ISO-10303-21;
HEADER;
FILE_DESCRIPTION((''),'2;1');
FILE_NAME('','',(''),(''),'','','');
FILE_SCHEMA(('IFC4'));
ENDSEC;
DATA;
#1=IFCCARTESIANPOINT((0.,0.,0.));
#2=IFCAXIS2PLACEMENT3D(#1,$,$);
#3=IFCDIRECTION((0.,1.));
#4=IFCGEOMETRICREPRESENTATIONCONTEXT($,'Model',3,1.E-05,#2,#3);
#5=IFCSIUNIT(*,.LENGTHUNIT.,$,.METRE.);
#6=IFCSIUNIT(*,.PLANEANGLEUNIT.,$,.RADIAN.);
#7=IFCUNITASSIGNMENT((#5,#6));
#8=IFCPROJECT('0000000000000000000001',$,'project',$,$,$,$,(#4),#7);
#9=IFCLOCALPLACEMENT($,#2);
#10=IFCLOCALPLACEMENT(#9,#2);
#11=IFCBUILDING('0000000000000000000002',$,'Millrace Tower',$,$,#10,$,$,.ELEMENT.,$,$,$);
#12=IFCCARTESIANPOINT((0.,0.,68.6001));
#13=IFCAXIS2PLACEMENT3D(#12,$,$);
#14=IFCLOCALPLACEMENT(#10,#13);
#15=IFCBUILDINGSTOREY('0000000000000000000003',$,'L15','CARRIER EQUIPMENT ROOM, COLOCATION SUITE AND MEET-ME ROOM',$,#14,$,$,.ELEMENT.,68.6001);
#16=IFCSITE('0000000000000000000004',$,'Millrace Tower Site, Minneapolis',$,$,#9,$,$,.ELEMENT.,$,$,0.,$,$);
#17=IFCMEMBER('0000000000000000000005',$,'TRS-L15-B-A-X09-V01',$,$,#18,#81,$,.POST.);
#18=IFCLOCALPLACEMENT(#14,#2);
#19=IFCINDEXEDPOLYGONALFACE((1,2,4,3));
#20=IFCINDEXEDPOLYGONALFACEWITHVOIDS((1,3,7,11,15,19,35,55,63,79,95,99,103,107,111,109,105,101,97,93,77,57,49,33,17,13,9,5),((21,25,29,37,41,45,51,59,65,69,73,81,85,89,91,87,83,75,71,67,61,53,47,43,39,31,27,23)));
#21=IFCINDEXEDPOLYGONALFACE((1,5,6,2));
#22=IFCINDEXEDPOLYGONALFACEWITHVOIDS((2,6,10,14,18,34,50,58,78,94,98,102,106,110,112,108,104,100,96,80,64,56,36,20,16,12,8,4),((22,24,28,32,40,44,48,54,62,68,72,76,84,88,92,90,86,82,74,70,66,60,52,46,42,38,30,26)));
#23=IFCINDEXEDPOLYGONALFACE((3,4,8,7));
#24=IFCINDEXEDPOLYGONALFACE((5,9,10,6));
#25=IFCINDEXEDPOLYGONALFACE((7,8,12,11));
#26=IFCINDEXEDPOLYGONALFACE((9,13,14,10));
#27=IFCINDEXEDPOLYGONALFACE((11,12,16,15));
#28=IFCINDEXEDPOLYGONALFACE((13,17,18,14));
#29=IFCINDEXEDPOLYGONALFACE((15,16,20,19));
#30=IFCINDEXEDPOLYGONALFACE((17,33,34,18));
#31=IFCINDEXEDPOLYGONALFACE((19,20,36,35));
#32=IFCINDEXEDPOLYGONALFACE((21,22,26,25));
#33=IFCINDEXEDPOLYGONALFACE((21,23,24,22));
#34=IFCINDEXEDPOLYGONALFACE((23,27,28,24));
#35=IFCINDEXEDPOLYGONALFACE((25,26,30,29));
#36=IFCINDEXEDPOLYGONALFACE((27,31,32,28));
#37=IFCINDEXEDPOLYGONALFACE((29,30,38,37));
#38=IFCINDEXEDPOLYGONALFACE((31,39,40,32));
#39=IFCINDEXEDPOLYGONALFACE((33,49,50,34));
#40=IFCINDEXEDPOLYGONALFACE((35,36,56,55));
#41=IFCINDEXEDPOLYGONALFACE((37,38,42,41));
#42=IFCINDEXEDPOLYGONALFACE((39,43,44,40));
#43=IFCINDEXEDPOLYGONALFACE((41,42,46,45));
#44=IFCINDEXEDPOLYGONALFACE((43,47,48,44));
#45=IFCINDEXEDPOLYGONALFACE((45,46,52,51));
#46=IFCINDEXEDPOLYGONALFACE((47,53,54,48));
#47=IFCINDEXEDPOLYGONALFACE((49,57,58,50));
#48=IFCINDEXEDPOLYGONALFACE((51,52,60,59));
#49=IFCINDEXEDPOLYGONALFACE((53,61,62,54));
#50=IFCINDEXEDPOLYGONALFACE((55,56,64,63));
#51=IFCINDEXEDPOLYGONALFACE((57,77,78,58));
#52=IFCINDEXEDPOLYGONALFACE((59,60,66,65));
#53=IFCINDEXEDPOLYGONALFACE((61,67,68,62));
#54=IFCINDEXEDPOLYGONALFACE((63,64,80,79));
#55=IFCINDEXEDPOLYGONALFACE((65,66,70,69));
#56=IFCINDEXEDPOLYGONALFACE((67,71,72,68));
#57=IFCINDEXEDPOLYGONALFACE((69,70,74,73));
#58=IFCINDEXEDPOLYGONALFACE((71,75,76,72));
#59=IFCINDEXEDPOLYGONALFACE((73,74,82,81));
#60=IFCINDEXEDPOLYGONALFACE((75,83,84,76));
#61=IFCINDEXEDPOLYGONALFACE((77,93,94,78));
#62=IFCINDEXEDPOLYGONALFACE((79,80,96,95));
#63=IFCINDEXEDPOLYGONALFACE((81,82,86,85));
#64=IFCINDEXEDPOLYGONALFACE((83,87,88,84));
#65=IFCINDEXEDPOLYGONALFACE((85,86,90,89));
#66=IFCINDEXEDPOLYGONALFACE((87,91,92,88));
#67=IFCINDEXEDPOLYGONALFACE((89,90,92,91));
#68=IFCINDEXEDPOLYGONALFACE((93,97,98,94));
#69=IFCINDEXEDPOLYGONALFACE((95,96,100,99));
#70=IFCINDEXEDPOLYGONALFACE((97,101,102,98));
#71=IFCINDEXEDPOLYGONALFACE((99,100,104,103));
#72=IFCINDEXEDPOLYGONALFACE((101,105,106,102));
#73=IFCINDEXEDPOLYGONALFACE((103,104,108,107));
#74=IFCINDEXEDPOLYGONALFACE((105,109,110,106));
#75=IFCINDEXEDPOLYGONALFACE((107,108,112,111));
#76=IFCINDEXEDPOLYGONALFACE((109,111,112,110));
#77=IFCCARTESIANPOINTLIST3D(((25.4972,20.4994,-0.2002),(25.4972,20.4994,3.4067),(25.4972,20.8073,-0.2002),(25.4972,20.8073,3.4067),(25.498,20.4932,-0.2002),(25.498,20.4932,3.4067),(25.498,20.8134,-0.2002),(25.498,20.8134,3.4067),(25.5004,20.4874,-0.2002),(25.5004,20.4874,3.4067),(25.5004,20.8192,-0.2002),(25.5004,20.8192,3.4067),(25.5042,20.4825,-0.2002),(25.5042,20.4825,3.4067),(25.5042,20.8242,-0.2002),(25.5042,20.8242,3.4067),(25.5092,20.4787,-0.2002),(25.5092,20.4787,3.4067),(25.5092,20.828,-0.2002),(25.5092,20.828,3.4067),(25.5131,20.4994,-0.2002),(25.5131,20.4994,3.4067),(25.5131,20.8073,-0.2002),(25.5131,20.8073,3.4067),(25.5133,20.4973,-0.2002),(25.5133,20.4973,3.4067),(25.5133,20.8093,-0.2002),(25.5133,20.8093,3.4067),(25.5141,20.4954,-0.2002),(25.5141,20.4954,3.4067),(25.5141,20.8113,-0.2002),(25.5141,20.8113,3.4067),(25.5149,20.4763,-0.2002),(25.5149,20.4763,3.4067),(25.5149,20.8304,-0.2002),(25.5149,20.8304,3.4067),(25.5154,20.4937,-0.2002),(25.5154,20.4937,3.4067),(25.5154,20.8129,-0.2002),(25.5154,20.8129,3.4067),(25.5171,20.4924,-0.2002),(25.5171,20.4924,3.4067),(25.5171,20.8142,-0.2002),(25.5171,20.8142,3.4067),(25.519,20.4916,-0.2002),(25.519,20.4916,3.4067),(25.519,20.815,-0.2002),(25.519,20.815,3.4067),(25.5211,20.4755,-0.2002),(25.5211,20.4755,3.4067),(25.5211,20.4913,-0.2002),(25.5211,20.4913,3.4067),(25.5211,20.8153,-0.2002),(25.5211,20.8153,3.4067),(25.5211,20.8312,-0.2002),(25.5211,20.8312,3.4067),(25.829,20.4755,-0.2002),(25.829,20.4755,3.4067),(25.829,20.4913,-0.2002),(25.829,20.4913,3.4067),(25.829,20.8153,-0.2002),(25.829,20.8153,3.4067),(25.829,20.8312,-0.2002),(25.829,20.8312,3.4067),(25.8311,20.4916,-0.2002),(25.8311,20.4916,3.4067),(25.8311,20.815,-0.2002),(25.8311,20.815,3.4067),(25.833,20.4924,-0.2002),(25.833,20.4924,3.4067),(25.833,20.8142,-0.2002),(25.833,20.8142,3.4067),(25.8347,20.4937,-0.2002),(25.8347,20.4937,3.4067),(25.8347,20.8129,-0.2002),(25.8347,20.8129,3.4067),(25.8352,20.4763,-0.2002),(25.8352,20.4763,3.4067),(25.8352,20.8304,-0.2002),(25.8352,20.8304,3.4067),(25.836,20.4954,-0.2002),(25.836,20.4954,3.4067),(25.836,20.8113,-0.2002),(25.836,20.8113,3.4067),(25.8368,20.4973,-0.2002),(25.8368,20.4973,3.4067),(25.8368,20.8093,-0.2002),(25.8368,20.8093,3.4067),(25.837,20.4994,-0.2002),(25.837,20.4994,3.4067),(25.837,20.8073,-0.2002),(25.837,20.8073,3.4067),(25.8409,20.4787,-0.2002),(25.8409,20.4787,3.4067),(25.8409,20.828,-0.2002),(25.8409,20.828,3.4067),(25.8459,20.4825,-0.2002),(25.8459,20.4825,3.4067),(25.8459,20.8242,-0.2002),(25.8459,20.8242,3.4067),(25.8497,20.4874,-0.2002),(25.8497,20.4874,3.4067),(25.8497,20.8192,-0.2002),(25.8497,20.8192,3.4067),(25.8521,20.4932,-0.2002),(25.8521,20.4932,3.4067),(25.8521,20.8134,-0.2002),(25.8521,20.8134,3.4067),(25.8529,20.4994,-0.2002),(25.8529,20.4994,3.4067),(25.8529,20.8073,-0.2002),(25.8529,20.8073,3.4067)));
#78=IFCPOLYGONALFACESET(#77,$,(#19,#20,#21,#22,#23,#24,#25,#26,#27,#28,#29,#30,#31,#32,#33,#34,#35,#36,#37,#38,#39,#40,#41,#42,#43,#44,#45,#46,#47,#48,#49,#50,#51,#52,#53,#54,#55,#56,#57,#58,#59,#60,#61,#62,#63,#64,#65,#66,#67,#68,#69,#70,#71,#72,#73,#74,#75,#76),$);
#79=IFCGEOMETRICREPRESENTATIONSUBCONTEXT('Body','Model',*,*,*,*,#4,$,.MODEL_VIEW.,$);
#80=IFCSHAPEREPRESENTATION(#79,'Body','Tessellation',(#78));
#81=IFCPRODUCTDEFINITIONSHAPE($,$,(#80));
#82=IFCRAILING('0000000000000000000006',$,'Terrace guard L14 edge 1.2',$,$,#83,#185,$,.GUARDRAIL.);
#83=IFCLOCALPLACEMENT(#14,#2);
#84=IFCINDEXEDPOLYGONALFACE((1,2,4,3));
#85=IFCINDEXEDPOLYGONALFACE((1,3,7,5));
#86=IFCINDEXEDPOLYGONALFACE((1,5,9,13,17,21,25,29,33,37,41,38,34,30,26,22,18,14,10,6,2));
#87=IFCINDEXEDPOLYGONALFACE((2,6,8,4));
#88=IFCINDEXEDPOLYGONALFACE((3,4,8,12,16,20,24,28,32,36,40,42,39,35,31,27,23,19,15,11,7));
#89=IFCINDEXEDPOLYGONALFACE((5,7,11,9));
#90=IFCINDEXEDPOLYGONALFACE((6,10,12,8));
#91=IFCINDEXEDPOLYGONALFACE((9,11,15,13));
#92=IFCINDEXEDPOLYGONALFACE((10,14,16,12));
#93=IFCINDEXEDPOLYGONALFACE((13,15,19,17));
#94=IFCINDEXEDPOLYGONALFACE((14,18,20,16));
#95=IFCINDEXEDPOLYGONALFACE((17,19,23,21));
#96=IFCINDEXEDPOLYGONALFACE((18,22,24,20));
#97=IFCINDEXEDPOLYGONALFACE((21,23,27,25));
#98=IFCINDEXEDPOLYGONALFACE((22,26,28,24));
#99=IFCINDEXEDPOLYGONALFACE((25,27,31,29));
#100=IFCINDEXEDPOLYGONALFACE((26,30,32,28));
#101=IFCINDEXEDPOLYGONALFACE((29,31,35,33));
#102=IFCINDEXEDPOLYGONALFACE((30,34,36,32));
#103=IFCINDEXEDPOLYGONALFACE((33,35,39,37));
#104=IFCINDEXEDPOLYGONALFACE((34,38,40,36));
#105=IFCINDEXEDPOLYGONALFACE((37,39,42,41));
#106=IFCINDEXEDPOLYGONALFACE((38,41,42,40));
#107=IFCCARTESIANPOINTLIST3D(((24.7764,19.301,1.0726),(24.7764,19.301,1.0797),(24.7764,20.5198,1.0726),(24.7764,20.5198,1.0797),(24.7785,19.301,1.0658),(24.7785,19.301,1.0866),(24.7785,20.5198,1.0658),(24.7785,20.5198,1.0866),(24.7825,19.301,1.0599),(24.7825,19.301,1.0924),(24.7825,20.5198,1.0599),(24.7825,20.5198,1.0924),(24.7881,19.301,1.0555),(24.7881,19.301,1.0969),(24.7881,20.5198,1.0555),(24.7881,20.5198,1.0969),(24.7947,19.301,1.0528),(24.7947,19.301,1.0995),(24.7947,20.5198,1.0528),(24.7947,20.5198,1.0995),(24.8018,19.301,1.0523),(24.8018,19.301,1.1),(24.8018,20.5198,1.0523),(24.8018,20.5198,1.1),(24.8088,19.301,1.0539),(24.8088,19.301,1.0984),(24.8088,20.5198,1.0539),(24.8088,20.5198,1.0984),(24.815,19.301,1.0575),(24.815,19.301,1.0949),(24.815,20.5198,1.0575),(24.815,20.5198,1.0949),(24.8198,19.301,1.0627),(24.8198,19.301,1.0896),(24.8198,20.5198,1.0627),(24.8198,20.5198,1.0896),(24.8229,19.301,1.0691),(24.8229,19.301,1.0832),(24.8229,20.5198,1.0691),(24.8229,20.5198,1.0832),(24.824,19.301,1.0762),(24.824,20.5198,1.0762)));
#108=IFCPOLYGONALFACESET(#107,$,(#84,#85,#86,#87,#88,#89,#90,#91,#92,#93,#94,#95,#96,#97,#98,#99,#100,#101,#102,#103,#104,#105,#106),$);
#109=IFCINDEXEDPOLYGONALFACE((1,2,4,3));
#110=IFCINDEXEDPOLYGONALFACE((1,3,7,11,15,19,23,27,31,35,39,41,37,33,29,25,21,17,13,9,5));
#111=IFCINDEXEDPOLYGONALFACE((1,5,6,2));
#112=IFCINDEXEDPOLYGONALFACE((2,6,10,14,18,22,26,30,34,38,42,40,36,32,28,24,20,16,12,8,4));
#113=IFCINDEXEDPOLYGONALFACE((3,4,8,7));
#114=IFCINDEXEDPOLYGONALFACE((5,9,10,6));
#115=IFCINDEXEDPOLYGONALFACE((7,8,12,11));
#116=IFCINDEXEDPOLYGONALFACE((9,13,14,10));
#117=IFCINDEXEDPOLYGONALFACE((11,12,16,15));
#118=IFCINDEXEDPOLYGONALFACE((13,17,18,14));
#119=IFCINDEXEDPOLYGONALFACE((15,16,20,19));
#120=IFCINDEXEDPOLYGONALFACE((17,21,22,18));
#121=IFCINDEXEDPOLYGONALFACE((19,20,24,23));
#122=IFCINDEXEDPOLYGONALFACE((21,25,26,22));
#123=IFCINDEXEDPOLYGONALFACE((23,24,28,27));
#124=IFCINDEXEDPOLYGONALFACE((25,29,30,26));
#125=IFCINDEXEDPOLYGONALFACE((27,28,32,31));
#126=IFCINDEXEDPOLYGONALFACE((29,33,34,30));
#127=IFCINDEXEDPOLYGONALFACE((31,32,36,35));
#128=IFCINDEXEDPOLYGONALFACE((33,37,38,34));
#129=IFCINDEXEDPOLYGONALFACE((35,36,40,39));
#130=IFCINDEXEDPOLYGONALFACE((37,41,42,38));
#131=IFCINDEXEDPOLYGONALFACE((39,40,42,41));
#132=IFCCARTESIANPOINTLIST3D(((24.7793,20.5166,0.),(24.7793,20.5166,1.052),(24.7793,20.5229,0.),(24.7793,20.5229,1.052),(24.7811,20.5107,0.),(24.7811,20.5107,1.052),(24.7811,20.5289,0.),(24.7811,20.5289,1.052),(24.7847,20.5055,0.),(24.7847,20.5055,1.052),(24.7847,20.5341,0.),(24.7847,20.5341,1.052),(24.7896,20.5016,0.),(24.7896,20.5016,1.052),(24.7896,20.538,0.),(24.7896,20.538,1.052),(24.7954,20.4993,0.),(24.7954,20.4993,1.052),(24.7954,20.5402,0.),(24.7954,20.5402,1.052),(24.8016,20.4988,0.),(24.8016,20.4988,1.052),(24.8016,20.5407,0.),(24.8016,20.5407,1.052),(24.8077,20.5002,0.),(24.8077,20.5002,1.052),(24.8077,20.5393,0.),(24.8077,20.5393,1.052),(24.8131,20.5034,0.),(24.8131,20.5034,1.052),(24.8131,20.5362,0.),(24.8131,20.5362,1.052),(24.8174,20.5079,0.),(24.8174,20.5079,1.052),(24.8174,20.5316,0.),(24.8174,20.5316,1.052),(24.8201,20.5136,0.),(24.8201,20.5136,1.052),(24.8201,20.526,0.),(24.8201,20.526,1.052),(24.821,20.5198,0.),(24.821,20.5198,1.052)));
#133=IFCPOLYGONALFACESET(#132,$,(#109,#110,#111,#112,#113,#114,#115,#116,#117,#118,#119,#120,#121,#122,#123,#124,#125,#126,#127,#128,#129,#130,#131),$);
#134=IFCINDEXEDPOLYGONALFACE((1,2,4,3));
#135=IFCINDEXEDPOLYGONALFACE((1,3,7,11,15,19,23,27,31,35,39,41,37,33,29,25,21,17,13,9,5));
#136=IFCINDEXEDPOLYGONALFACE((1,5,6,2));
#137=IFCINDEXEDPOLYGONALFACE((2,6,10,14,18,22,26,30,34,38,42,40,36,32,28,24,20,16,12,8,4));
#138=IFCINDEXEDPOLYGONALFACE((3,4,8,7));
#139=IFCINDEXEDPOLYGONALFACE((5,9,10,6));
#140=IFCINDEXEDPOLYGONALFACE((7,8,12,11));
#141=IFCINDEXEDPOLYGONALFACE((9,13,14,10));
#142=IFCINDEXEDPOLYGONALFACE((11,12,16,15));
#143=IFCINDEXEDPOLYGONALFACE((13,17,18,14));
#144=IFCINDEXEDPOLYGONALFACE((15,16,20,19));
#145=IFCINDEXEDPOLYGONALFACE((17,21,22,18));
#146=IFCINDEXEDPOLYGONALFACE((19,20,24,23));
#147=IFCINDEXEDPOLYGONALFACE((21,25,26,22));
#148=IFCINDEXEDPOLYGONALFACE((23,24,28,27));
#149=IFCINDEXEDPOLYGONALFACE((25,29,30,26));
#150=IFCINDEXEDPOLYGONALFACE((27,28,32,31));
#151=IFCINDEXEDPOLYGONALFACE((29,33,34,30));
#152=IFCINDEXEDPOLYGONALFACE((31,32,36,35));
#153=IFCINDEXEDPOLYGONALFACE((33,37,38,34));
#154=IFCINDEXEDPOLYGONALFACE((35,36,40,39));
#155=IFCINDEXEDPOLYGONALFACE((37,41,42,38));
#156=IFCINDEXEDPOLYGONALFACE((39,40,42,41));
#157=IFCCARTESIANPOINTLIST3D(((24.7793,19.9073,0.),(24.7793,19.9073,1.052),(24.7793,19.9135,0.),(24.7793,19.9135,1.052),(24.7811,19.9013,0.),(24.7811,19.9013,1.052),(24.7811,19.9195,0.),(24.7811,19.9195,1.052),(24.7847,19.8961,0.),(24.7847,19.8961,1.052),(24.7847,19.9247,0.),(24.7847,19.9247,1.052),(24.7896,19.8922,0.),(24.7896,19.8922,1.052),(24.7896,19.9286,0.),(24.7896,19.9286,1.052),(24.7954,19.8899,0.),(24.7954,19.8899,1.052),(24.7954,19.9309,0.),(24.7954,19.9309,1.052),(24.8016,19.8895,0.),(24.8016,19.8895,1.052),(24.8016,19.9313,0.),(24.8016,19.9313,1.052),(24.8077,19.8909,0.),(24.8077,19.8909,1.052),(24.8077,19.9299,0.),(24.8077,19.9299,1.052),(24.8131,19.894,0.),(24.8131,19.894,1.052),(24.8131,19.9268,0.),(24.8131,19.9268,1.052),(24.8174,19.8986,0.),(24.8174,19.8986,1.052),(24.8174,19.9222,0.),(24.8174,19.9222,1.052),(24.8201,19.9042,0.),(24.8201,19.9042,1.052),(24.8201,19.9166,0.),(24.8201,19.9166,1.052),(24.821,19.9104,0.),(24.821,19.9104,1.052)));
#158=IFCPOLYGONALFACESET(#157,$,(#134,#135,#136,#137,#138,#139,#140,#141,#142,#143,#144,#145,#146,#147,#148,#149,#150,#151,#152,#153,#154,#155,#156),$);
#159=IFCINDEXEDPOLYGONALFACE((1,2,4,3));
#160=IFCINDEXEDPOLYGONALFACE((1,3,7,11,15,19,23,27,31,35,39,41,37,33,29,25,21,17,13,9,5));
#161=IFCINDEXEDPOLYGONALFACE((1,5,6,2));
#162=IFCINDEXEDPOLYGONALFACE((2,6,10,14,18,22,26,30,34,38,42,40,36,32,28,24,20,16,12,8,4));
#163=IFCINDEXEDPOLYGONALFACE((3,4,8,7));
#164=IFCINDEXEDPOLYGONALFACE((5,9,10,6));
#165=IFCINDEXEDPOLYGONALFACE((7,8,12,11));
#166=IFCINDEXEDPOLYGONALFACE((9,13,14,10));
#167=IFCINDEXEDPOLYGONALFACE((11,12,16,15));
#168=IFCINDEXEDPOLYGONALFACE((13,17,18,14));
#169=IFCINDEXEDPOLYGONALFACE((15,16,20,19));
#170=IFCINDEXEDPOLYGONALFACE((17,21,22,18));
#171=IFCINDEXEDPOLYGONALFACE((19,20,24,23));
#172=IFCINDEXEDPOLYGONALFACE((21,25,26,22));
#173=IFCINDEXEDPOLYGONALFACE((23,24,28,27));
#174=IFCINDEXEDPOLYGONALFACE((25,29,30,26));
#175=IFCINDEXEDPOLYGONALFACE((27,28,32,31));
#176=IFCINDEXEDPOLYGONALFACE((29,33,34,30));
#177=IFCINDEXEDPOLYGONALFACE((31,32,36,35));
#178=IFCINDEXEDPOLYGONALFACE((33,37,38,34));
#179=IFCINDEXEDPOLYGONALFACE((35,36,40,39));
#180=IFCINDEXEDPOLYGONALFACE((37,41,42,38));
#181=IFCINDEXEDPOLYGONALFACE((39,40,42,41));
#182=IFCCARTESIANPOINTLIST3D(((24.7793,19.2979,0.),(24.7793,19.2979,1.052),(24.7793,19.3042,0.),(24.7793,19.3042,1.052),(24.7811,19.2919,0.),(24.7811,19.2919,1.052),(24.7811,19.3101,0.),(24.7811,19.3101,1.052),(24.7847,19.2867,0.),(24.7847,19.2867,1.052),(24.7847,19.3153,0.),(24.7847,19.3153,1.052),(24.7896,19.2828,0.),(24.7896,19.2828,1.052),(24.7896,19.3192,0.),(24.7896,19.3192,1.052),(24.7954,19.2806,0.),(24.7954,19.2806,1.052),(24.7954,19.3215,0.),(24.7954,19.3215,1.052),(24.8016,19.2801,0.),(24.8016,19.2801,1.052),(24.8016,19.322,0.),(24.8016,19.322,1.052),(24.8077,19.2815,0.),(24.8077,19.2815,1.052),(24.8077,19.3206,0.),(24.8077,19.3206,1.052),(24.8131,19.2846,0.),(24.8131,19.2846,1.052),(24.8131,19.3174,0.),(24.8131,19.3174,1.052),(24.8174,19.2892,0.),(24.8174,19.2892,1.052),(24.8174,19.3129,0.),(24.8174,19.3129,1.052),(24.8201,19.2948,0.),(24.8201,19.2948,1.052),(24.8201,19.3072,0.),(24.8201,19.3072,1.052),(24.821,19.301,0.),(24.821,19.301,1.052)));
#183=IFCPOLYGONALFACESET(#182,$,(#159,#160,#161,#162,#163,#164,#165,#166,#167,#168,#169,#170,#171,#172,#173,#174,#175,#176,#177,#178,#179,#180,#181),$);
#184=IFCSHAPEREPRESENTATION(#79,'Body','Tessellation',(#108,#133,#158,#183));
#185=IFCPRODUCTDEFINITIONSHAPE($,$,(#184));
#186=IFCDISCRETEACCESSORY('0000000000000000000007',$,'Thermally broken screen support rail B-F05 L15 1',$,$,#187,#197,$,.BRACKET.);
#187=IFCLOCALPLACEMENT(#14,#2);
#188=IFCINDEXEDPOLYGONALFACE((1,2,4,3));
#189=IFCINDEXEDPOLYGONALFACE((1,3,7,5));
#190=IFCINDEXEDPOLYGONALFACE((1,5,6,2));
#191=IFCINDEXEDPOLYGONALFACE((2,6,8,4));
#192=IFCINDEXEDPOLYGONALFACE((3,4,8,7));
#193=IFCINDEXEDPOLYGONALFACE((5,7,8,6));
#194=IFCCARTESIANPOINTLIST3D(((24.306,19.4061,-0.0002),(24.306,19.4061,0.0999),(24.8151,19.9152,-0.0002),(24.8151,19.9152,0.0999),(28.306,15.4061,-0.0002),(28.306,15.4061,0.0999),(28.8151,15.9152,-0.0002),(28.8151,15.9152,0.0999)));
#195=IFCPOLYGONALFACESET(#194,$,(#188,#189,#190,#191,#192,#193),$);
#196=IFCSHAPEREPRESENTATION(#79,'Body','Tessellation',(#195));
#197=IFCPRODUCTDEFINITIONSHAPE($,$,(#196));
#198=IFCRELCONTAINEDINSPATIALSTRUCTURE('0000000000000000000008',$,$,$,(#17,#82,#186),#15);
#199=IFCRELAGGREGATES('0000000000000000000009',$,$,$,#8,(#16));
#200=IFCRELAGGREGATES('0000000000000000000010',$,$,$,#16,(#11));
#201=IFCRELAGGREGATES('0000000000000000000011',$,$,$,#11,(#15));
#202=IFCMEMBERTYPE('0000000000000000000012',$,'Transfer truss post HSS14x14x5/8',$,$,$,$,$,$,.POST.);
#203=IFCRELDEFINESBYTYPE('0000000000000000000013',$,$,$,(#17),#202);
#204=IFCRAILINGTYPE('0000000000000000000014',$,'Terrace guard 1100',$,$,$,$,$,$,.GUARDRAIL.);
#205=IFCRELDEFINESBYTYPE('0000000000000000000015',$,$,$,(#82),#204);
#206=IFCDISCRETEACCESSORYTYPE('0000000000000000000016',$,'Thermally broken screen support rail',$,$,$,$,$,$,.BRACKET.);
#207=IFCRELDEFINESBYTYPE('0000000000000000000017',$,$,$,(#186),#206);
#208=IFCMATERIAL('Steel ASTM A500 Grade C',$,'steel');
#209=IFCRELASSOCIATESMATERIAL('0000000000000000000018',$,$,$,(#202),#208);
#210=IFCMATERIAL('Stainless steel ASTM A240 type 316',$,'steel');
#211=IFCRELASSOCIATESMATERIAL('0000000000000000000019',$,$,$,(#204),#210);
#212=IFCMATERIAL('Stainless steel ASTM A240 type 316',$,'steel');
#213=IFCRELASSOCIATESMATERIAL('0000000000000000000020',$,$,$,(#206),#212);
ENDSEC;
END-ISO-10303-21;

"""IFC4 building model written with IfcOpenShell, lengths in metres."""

from ifc_helpers import new_model, si_unit, direction, frame, origin, origin_2d, place, context, subcontext, project, spatial, rectangle, hollow_rectangle, circle, extrude, material, material_profile, profile_set, type_object, element, save


model = new_model("IFC4")

# Units and contexts
model_context = context("Model", 3, precision=1e-05, world=origin(), true_north=direction((0.0, 1.0)))
body_context = subcontext(model_context, "Body", "Model", "MODEL_VIEW")
ifc_project = project(units=[si_unit("LENGTHUNIT", "METRE"), si_unit("PLANEANGLEUNIT", "RADIAN")], contexts=[model_context])

# Site, building, storey
site_placement = place(None, origin())
site = spatial("IfcSite", under=ifc_project, at=site_placement, Name="Millrace Tower Site, Minneapolis", CompositionType="ELEMENT", RefElevation=0.0)
building_placement = place(site_placement, origin())
building = spatial("IfcBuilding", under=site, at=building_placement, Name="Millrace Tower", CompositionType="ELEMENT")
storey_placement = place(building_placement, frame((0.0, 0.0, 68.6001)))
storey = spatial("IfcBuildingStorey", under=building, at=storey_placement, Name="L15", Description="CARRIER EQUIPMENT ROOM, COLOCATION SUITE AND MEET-ME ROOM", CompositionType="ELEMENT", Elevation=68.6001)

# Member
ifc_material_1 = material(Name="Steel ASTM A500 Grade C", Category="steel")
ifc_material_profile_1 = material_profile(ifc_material_1, hollow_rectangle(XDim=0.3557, YDim=0.3557, WallThickness=0.0159, InnerFilletRadius=0.0081, OuterFilletRadius=0.0239, at=origin_2d()))
ifc_profile_set_1 = profile_set([ifc_material_profile_1], Name="Steel ASTM A500 Grade C")
member_type_1 = type_object("IfcMemberType", Name="Transfer truss post HSS14x14x5/8", PredefinedType="POST", material=ifc_profile_set_1)
for number, where, z_axis, x_axis, name in (
    (1, (25.675, 20.6533, -0.2002), (0.0, 0.0, 1.0), (1.0, 0.0, 0.0), "TRS-L15-B-A-X09-V01"),
):
    element("IfcMember", number, at=place(storey_placement, frame(where, z_axis=z_axis, x_axis=x_axis)), inside=storey, type_object=member_type_1, Name=name, PredefinedType="POST", context=body_context, shape_type="SweptSolid", body=[
        extrude(hollow_rectangle(XDim=0.3557, YDim=0.3557, WallThickness=0.0159, InnerFilletRadius=0.0081, OuterFilletRadius=0.0239, at=origin_2d()), origin(), (0.0, 0.0, 1.0), 3.6069),
    ])

# Railing
ifc_material_2 = material(Name="Stainless steel ASTM A240 type 316", Category="steel")
railing_type = type_object("IfcRailingType", Name="Terrace guard 1100", PredefinedType="GUARDRAIL", material=ifc_material_2)
railing_placement = place(storey_placement, frame((24.8, 20.5198, 0.0)))
element("IfcRailing", 2, at=railing_placement, inside=storey, type_object=railing_type, Name="Terrace guard L14 edge 1.2", PredefinedType="GUARDRAIL", context=body_context, shape_type="SweptSolid", body=[
    extrude(circle(Radius=0.0239, at=origin_2d()), frame((0.0, 0.0, 1.0762), z_axis=(0.0, -1.0, 0.0), x_axis=(1.0, 0.0, 0.0)), (0.0, 0.0, 1.0), 1.2188),
    extrude(circle(Radius=0.021, at=origin_2d()), origin(), (0.0, 0.0, 1.0), 1.052),
    extrude(circle(Radius=0.021, at=origin_2d()), frame((0.0, -0.6094, 0.0)), (0.0, 0.0, 1.0), 1.052),
    extrude(circle(Radius=0.021, at=origin_2d()), frame((0.0, -1.2188, 0.0)), (0.0, 0.0, 1.0), 1.052),
])

# Discrete accessory
ifc_material_3 = material(Name="Stainless steel ASTM A240 type 316", Category="steel")
discrete_accessory_type_1 = type_object("IfcDiscreteAccessoryType", Name="Thermally broken screen support rail", PredefinedType="BRACKET", material=ifc_material_3)
discrete_accessory_placement = place(storey_placement, frame((26.5605, 17.6606, -0.0002), z_axis=(0.0, 0.0, 1.0), x_axis=(-0.707107, 0.707107, 0.0)))
element("IfcDiscreteAccessory", 3, at=discrete_accessory_placement, inside=storey, type_object=discrete_accessory_type_1, Name="Thermally broken screen support rail B-F05 L15 1", PredefinedType="BRACKET", context=body_context, shape_type="SweptSolid", body=[
    extrude(rectangle(XDim=5.6567, YDim=0.72, at=origin_2d()), origin(), (0.0, 0.0, 1.0), 0.1001),
])

save(model, "model.ifc")
